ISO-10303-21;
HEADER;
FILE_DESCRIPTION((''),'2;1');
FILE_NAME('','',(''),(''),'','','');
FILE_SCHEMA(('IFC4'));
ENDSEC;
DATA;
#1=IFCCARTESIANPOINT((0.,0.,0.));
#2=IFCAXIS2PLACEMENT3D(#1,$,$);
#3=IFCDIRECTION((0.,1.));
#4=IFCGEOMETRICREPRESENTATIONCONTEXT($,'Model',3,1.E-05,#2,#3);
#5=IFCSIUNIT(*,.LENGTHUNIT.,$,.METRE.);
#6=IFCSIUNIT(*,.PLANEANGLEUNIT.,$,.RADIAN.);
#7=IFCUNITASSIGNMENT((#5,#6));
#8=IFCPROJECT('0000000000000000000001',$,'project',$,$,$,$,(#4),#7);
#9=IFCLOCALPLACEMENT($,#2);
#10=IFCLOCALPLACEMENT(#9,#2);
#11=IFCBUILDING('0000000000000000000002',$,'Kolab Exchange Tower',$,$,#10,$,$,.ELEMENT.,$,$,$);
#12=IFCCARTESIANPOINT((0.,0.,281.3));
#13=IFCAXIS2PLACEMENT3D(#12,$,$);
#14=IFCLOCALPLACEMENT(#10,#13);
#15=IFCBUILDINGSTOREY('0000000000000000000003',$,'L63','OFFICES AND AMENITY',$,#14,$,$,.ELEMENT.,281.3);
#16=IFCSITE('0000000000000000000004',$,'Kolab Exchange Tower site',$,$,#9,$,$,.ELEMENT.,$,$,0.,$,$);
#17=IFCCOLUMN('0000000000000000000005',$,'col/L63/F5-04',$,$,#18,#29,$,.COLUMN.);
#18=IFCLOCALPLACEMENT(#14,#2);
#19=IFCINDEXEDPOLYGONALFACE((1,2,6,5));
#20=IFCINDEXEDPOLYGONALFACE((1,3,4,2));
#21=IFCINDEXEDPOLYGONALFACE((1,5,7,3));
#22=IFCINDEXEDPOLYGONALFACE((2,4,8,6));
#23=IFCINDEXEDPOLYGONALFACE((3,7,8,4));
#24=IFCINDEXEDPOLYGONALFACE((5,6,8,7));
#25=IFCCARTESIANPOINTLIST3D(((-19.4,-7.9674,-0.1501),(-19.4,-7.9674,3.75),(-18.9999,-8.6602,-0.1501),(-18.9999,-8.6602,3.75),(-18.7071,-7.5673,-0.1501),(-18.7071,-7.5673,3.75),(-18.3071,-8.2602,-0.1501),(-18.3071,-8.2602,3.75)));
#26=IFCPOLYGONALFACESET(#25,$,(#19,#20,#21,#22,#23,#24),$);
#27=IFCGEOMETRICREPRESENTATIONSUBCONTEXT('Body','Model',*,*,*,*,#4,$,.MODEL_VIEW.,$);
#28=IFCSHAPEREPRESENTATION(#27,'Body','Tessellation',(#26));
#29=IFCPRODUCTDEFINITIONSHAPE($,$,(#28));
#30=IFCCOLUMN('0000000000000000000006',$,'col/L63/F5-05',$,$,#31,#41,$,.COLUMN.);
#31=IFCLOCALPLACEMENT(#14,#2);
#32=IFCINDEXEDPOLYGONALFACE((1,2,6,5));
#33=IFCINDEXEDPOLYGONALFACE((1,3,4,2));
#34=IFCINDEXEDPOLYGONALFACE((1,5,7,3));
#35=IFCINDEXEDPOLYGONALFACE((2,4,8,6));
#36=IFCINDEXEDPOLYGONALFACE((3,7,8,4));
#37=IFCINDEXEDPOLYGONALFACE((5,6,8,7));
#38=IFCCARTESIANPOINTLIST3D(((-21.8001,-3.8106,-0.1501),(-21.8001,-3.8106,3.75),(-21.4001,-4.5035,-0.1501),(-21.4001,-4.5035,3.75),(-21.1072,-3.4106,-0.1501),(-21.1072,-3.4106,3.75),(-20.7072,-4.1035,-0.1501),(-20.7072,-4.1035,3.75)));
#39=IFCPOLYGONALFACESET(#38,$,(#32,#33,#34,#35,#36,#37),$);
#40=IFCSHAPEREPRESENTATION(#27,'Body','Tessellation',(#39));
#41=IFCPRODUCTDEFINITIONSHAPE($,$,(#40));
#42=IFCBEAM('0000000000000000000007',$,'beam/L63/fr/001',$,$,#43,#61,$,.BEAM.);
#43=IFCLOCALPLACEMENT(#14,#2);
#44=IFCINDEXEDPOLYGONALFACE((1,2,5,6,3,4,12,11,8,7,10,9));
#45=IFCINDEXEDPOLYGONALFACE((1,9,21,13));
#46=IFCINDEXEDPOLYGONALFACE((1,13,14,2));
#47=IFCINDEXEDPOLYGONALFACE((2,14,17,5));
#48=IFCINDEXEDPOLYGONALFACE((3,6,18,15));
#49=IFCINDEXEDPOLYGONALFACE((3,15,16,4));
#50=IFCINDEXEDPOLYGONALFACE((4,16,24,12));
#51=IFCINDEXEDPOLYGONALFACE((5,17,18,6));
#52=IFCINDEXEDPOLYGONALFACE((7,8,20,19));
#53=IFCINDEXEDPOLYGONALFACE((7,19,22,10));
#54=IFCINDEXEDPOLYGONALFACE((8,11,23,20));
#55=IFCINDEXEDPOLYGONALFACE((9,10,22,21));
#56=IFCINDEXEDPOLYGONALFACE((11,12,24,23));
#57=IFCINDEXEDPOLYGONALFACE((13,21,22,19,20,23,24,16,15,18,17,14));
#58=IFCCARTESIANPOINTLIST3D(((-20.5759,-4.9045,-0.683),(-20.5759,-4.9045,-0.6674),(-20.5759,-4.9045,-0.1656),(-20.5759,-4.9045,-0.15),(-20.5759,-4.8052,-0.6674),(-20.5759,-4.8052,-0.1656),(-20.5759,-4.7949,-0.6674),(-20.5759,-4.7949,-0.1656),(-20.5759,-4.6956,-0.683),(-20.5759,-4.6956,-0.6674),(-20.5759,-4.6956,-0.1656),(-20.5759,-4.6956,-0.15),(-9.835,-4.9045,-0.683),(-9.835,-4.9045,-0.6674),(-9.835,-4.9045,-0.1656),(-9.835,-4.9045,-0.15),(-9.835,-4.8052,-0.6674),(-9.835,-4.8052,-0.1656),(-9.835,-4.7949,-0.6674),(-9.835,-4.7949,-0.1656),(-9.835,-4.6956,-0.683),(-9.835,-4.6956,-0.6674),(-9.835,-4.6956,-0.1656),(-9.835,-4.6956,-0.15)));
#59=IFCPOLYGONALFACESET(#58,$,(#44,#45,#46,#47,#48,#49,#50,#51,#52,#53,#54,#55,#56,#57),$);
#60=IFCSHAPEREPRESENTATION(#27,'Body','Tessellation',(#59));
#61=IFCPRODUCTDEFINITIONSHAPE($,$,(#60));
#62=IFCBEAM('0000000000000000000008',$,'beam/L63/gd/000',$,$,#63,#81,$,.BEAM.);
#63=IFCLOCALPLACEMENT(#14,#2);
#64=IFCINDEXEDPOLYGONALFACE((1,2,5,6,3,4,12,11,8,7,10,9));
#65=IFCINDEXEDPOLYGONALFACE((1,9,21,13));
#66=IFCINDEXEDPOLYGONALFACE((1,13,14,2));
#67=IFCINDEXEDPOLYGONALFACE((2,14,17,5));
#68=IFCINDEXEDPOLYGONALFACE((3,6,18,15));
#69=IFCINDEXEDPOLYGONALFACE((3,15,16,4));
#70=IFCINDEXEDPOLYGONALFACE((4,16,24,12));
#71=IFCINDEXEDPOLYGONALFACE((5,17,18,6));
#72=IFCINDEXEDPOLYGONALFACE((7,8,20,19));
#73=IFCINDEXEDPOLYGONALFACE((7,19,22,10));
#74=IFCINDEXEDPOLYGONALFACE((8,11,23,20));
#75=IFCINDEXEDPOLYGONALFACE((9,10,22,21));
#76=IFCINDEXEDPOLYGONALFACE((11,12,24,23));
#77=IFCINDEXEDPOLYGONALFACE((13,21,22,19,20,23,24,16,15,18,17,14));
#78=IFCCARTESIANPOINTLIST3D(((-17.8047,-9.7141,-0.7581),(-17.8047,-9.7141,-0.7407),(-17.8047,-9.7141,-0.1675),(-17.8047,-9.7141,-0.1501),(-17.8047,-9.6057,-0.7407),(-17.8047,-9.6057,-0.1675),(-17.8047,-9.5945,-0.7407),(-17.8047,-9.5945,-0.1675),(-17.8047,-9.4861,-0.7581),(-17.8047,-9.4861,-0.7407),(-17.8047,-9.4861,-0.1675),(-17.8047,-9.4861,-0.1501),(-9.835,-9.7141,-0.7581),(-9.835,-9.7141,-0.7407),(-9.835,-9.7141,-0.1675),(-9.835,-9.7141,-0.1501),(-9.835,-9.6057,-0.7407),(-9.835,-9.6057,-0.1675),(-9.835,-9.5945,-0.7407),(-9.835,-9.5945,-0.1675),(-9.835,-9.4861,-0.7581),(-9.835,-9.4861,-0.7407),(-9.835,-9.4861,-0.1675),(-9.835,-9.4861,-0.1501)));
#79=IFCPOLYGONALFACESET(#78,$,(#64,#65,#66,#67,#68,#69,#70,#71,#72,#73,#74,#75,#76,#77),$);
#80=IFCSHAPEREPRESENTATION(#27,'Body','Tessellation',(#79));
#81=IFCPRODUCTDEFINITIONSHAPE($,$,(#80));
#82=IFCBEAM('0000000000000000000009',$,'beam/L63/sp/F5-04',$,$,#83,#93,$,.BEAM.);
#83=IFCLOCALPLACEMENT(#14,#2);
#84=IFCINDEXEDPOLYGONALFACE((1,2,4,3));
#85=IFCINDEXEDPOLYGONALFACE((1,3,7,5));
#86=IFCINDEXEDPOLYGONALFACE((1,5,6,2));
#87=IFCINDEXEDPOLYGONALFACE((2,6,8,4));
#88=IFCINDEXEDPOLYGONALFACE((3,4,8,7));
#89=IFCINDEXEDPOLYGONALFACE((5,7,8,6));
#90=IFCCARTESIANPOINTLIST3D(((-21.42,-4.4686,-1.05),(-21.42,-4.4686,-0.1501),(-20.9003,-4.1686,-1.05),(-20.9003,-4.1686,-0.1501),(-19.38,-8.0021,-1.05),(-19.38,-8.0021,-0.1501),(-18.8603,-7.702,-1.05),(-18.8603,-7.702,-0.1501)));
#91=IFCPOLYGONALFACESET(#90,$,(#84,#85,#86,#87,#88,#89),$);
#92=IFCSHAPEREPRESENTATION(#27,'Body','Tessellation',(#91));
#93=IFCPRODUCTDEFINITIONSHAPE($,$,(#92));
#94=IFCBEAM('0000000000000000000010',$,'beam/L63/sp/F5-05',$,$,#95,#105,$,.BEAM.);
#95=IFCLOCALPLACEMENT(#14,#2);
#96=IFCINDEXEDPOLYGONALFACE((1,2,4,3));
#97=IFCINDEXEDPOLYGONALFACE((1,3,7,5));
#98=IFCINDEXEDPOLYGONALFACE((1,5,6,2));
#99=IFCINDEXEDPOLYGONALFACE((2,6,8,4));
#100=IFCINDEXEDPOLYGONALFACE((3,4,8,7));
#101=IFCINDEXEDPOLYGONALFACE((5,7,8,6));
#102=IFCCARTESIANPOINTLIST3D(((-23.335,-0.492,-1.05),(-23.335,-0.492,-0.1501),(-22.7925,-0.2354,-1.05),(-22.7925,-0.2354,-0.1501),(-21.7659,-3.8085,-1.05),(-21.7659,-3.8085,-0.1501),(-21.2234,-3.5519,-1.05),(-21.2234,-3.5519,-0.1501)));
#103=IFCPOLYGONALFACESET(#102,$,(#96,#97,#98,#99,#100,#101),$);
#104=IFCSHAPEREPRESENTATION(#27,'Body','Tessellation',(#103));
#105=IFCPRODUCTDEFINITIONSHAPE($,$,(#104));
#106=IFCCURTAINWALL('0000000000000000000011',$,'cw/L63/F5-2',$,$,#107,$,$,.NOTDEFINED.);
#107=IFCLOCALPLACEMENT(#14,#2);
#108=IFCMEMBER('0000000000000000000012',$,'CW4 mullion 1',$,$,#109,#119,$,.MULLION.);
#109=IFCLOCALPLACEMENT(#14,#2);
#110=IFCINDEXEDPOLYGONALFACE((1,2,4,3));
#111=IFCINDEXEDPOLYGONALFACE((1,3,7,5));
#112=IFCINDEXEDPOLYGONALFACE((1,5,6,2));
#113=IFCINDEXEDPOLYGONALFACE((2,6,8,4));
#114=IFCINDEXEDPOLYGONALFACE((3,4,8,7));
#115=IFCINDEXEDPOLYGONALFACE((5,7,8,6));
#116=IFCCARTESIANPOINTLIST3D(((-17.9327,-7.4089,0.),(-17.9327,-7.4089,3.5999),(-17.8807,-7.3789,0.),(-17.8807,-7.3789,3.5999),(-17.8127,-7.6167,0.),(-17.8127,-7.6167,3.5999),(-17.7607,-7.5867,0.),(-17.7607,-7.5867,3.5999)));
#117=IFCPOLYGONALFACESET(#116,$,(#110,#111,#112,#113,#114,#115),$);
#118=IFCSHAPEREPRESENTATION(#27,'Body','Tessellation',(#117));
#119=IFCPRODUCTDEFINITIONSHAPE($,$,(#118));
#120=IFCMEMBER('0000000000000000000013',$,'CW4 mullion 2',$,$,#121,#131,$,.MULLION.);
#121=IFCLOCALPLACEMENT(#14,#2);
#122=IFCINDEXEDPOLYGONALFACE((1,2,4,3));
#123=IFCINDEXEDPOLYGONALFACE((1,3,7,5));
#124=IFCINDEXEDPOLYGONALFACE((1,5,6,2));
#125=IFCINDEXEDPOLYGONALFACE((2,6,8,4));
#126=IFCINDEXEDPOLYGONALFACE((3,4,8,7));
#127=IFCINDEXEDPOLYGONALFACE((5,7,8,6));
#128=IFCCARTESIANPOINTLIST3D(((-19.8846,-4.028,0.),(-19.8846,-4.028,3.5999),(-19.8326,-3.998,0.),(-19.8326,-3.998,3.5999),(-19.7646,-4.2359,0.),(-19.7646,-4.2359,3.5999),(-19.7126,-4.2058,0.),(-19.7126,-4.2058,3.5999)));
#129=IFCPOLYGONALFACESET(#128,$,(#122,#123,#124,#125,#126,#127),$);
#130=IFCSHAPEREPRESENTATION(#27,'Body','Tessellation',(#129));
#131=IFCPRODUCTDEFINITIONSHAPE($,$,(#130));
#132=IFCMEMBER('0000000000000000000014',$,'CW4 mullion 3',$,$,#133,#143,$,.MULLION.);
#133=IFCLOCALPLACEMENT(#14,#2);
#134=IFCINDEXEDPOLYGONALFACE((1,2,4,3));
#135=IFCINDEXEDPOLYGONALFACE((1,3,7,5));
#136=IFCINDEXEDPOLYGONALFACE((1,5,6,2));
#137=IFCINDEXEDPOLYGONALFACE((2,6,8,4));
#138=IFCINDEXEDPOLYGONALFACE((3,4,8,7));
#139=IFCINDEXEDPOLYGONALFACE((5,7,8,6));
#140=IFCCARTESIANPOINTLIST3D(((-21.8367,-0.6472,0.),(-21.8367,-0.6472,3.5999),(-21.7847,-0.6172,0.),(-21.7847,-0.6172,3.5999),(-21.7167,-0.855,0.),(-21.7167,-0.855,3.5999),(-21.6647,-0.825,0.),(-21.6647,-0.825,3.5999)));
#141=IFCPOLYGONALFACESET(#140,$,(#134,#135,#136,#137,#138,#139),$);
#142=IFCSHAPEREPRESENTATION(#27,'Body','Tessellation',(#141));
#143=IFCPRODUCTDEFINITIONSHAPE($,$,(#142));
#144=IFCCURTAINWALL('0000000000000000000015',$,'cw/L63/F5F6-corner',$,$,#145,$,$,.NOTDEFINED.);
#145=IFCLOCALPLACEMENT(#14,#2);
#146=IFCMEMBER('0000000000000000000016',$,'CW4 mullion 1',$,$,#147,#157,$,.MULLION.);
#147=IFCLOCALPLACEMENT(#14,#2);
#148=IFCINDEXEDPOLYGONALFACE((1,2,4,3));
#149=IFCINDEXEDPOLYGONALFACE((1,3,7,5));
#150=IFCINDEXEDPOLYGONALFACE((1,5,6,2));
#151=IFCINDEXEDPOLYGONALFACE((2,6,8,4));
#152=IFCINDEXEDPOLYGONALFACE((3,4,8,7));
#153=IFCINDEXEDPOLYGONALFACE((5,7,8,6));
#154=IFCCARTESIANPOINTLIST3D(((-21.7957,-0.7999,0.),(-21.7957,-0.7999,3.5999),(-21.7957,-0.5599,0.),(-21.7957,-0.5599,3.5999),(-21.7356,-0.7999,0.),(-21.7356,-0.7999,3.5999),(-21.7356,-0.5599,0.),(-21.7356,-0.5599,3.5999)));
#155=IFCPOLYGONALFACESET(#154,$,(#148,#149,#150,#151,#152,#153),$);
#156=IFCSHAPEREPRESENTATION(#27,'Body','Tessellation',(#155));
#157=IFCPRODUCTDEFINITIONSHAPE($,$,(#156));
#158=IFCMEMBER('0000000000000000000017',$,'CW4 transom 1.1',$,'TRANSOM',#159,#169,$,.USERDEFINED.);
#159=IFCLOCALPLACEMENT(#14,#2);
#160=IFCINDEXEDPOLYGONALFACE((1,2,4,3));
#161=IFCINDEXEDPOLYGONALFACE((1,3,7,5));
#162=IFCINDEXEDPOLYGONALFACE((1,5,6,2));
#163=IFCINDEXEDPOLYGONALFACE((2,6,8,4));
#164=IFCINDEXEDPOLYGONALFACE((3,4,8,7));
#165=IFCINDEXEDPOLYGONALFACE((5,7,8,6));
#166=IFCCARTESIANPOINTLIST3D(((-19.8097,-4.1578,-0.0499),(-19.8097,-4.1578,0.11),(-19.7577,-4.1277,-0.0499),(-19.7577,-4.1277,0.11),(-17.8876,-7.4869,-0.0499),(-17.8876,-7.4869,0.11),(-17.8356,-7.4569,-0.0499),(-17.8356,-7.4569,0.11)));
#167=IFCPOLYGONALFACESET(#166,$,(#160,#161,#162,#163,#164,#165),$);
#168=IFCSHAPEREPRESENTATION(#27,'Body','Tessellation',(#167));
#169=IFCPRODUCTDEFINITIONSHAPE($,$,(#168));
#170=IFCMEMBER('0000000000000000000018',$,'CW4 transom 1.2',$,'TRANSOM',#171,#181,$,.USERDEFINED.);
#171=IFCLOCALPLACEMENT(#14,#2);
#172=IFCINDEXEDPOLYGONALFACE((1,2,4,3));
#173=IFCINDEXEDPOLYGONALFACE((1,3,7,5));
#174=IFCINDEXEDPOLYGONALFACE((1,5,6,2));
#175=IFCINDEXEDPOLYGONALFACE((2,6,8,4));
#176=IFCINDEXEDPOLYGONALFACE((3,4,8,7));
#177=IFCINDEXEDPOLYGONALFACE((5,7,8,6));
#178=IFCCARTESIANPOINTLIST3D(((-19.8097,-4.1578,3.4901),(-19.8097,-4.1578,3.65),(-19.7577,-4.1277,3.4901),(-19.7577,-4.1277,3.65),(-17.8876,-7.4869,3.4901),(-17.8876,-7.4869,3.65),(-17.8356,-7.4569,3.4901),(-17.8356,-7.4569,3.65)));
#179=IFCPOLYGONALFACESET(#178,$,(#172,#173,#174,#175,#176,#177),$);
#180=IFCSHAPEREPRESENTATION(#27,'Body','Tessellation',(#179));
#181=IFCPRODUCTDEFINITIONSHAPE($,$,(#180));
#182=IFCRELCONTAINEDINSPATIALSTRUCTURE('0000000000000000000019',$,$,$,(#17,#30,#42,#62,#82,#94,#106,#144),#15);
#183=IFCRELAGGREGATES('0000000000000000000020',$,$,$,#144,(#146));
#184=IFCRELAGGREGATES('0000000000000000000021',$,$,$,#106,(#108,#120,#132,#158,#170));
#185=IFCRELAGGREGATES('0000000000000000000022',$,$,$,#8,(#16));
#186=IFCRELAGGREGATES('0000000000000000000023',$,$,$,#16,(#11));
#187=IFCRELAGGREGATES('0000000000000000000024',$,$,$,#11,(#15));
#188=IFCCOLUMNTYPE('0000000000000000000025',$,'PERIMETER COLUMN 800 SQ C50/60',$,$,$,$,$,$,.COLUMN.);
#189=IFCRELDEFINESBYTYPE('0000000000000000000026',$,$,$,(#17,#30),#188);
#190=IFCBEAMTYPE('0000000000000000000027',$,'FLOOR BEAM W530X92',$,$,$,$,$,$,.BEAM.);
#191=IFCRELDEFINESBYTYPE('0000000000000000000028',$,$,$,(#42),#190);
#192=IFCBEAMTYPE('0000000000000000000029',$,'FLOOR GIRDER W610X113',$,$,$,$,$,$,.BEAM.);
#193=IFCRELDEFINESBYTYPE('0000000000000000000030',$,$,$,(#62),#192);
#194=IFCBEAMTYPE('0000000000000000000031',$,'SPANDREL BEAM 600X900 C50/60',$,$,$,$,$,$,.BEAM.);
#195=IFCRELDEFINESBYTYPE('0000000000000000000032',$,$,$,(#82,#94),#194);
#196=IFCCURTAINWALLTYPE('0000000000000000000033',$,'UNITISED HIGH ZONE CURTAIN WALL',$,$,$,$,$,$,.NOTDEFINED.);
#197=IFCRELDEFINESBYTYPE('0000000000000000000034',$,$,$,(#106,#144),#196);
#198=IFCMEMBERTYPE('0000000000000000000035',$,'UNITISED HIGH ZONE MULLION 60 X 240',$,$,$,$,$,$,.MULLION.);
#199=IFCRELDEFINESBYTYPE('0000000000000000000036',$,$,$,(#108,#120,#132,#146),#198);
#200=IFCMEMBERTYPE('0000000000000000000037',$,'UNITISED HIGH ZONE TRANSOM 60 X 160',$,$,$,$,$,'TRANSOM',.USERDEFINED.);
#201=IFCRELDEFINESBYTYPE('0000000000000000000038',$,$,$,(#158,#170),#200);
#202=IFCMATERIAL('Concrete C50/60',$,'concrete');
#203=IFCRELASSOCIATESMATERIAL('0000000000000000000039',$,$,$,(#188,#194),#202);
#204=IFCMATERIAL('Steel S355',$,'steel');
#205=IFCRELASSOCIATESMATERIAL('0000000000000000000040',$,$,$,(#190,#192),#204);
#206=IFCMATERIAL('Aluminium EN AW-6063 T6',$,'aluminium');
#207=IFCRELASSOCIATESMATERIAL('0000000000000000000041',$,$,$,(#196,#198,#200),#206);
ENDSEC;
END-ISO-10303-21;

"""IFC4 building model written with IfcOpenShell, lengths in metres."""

from ifc_helpers import new_model, si_unit, direction, frame, origin, origin_2d, place, context, subcontext, project, spatial, rectangle, i_section, extrude, material, material_profile, profile_set, type_object, element, aggregate, save


model = new_model("IFC4")

# Units and contexts
model_context = context("Model", 3, precision=1e-05, world=origin(), true_north=direction((0.0, 1.0)))
body_context = subcontext(model_context, "Body", "Model", "MODEL_VIEW")
ifc_project = project(units=[si_unit("LENGTHUNIT", "METRE"), si_unit("PLANEANGLEUNIT", "RADIAN")], contexts=[model_context])

# Site, building, storey
site_placement = place(None, origin())
site = spatial("IfcSite", under=ifc_project, at=site_placement, Name="Kolab Exchange Tower site", CompositionType="ELEMENT", RefElevation=0.0)
building_placement = place(site_placement, origin())
building = spatial("IfcBuilding", under=site, at=building_placement, Name="Kolab Exchange Tower", CompositionType="ELEMENT")
storey_placement = place(building_placement, frame((0.0, 0.0, 281.3)))
storey = spatial("IfcBuildingStorey", under=building, at=storey_placement, Name="L63", Description="OFFICES AND AMENITY", CompositionType="ELEMENT", Elevation=281.3)

# Columns
ifc_material_1 = material(Name="Concrete C50/60", Category="concrete")
ifc_material_profile_1 = material_profile(ifc_material_1, rectangle(XDim=0.8, YDim=0.8, at=origin_2d()), Name="RC800")
ifc_profile_set_1 = profile_set([ifc_material_profile_1], Name="Concrete C50/60")
column_type = type_object("IfcColumnType", Name="PERIMETER COLUMN 800 SQ C50/60", PredefinedType="COLUMN", material=ifc_profile_set_1)
for number, where, z_axis, x_axis, name in (
    (1, (-18.8535, -8.1138, -0.1501), (0.0, 0.0, 1.0), (0.866025, 0.5, 0.0), "col/L63/F5-04"),
    (2, (-21.2537, -3.957, -0.1501), (0.0, 0.0, 1.0), (0.866025, 0.5, 0.0), "col/L63/F5-05"),
):
    element("IfcColumn", number, at=place(storey_placement, frame(where, z_axis=z_axis, x_axis=x_axis)), inside=storey, type_object=column_type, Name=name, PredefinedType="COLUMN", context=body_context, shape_type="SweptSolid", body=[
        extrude(rectangle(XDim=0.8, YDim=0.8, at=origin_2d()), origin(), (0.0, 0.0, 1.0), 3.9001),
    ])

# Beams
ifc_material_2 = material(Name="Steel S355", Category="steel")
ifc_material_profile_2 = material_profile(ifc_material_2, i_section(OverallWidth=0.209, OverallDepth=0.533, WebThickness=0.0103, FlangeThickness=0.0156, at=origin_2d()), Name="W530X92")
ifc_profile_set_2 = profile_set([ifc_material_profile_2], Name="Steel S355")
beam_type_1 = type_object("IfcBeamType", Name="FLOOR BEAM W530X92", PredefinedType="BEAM", material=ifc_profile_set_2)
beam_1_placement = place(storey_placement, frame((-20.5759, -4.8, -0.4165), z_axis=(1.0, 0.0, 0.0), x_axis=(0.0, 1.0, 0.0)))
element("IfcBeam", 3, at=beam_1_placement, inside=storey, type_object=beam_type_1, Name="beam/L63/fr/001", PredefinedType="BEAM", context=body_context, shape_type="SweptSolid", body=[
    extrude(i_section(OverallWidth=0.209, OverallDepth=0.533, WebThickness=0.0103, FlangeThickness=0.0156, at=origin_2d()), origin(), (0.0, 0.0, 1.0), 10.741),
])
ifc_material_profile_3 = material_profile(ifc_material_2, i_section(OverallWidth=0.228, OverallDepth=0.6079, WebThickness=0.0112, FlangeThickness=0.0173, at=origin_2d()), Name="W610X113")
ifc_profile_set_3 = profile_set([ifc_material_profile_3], Name="Steel S355")
beam_type_2 = type_object("IfcBeamType", Name="FLOOR GIRDER W610X113", PredefinedType="BEAM", material=ifc_profile_set_3)
beam_2_placement = place(storey_placement, frame((-17.8047, -9.6001, -0.4541), z_axis=(1.0, 0.0, 0.0), x_axis=(0.0, 1.0, 0.0)))
element("IfcBeam", 4, at=beam_2_placement, inside=storey, type_object=beam_type_2, Name="beam/L63/gd/000", PredefinedType="BEAM", context=body_context, shape_type="SweptSolid", body=[
    extrude(i_section(OverallWidth=0.228, OverallDepth=0.6079, WebThickness=0.0112, FlangeThickness=0.0173, at=origin_2d()), origin(), (0.0, 0.0, 1.0), 7.9697),
])
ifc_material_profile_4 = material_profile(ifc_material_1, rectangle(XDim=0.6001, YDim=0.8999, at=origin_2d()), Name="RC600X900")
ifc_profile_set_4 = profile_set([ifc_material_profile_4], Name="Concrete C50/60")
beam_type_3 = type_object("IfcBeamType", Name="SPANDREL BEAM 600X900 C50/60", PredefinedType="BEAM", material=ifc_profile_set_4)
beam_3_placement = place(storey_placement, frame((-19.1201, -7.8521, -0.6001), z_axis=(-0.5, 0.866025, 0.0), x_axis=(-0.866025, -0.5, 0.0)))
element("IfcBeam", 5, at=beam_3_placement, inside=storey, type_object=beam_type_3, Name="beam/L63/sp/F5-04", PredefinedType="BEAM", context=body_context, shape_type="SweptSolid", body=[
    extrude(rectangle(XDim=0.6001, YDim=0.8999, at=origin_2d()), origin(), (0.0, 0.0, 1.0), 4.0801),
])
beam_4_placement = place(storey_placement, frame((-21.4946, -3.6802, -0.6001), z_axis=(-0.427677, 0.903932, 0.0), x_axis=(-0.903932, -0.427677, 0.0)))
element("IfcBeam", 6, at=beam_4_placement, inside=storey, type_object=beam_type_3, Name="beam/L63/sp/F5-05", PredefinedType="BEAM", context=body_context, shape_type="SweptSolid", body=[
    extrude(rectangle(XDim=0.6001, YDim=0.8999, at=origin_2d()), origin(), (0.0, 0.0, 1.0), 3.6689),
])

# Curtain wall, members
ifc_material_3 = material(Name="Aluminium EN AW-6063 T6", Category="aluminium")
curtain_wall_type = type_object("IfcCurtainWallType", Name="UNITISED HIGH ZONE CURTAIN WALL", PredefinedType="NOTDEFINED", material=ifc_material_3)
curtain_wall_1_placement = place(storey_placement, origin())
curtain_wall_1 = element("IfcCurtainWall", 7, at=curtain_wall_1_placement, inside=storey, type_object=curtain_wall_type, Name="cw/L63/F5-2", PredefinedType="NOTDEFINED")
ifc_material_profile_5 = material_profile(ifc_material_3, rectangle(XDim=0.0601, YDim=0.24, at=origin_2d()), Name="RECT 60X240")
ifc_profile_set_5 = profile_set([ifc_material_profile_5], Name="Aluminium EN AW-6063 T6")
member_type_1 = type_object("IfcMemberType", Name="UNITISED HIGH ZONE MULLION 60 X 240", PredefinedType="MULLION", material=ifc_profile_set_5)
member_1_placement = place(storey_placement, frame((-17.8467, -7.4978, 0.0), z_axis=(0.0, 0.0, 1.0), x_axis=(-0.866025, -0.5, 0.0)))
member_1 = element("IfcMember", 8, at=member_1_placement, type_object=member_type_1, Name="CW4 mullion 1", PredefinedType="MULLION", context=body_context, shape_type="SweptSolid", body=[
    extrude(rectangle(XDim=0.0601, YDim=0.24, at=origin_2d()), origin(), (0.0, 0.0, 1.0), 3.5999),
])
member_2_placement = place(storey_placement, frame((-19.7986, -4.1169, 0.0), z_axis=(0.0, 0.0, 1.0), x_axis=(-0.866025, -0.5, 0.0)))
member_2 = element("IfcMember", 9, at=member_2_placement, type_object=member_type_1, Name="CW4 mullion 2", PredefinedType="MULLION", context=body_context, shape_type="SweptSolid", body=[
    extrude(rectangle(XDim=0.0601, YDim=0.24, at=origin_2d()), origin(), (0.0, 0.0, 1.0), 3.5999),
])
member_3_placement = place(storey_placement, frame((-21.7507, -0.7361, 0.0), z_axis=(0.0, 0.0, 1.0), x_axis=(-0.866025, -0.5, 0.0)))
member_3 = element("IfcMember", 10, at=member_3_placement, type_object=member_type_1, Name="CW4 mullion 3", PredefinedType="MULLION", context=body_context, shape_type="SweptSolid", body=[
    extrude(rectangle(XDim=0.0601, YDim=0.24, at=origin_2d()), origin(), (0.0, 0.0, 1.0), 3.5999),
])

# Curtain wall, member
curtain_wall_2_placement = place(storey_placement, origin())
curtain_wall_2 = element("IfcCurtainWall", 11, at=curtain_wall_2_placement, inside=storey, type_object=curtain_wall_type, Name="cw/L63/F5F6-corner", PredefinedType="NOTDEFINED")
member_4_placement = place(storey_placement, frame((-21.7656, -0.6799, 0.0), z_axis=(0.0, 0.0, 1.0), x_axis=(-1.0, 0.0, 0.0)))
member_4 = element("IfcMember", 12, at=member_4_placement, type_object=member_type_1, Name="CW4 mullion 1", PredefinedType="MULLION", context=body_context, shape_type="SweptSolid", body=[
    extrude(rectangle(XDim=0.0601, YDim=0.24, at=origin_2d()), origin(), (0.0, 0.0, 1.0), 3.5999),
])

# Members
ifc_material_profile_6 = material_profile(ifc_material_3, rectangle(XDim=0.0601, YDim=0.1599, at=origin_2d()), Name="RECT 60X160")
ifc_profile_set_6 = profile_set([ifc_material_profile_6], Name="Aluminium EN AW-6063 T6")
member_type_2 = type_object("IfcMemberType", Name="UNITISED HIGH ZONE TRANSOM 60 X 160", ElementType="TRANSOM", PredefinedType="USERDEFINED", material=ifc_profile_set_6)
member_5_placement = place(storey_placement, frame((-17.8616, -7.4719, 0.03), z_axis=(-0.500012, 0.866018, 0.0), x_axis=(-0.866018, -0.500012, 0.0)))
member_5 = element("IfcMember", 13, at=member_5_placement, type_object=member_type_2, Name="CW4 transom 1.1", ObjectType="TRANSOM", PredefinedType="USERDEFINED", context=body_context, shape_type="SweptSolid", body=[
    extrude(rectangle(XDim=0.0601, YDim=0.1599, at=origin_2d()), origin(), (0.0, 0.0, 1.0), 3.8442),
])
member_6_placement = place(storey_placement, frame((-17.8616, -7.4719, 3.5701), z_axis=(-0.500012, 0.866018, 0.0), x_axis=(-0.866018, -0.500012, 0.0)))
member_6 = element("IfcMember", 14, at=member_6_placement, type_object=member_type_2, Name="CW4 transom 1.2", ObjectType="TRANSOM", PredefinedType="USERDEFINED", context=body_context, shape_type="SweptSolid", body=[
    extrude(rectangle(XDim=0.0601, YDim=0.1599, at=origin_2d()), origin(), (0.0, 0.0, 1.0), 3.8442),
])
aggregate(curtain_wall_2, [member_4])

aggregate(curtain_wall_1, [member_1, member_2, member_3, member_5, member_6])

save(model, "model.ifc")
